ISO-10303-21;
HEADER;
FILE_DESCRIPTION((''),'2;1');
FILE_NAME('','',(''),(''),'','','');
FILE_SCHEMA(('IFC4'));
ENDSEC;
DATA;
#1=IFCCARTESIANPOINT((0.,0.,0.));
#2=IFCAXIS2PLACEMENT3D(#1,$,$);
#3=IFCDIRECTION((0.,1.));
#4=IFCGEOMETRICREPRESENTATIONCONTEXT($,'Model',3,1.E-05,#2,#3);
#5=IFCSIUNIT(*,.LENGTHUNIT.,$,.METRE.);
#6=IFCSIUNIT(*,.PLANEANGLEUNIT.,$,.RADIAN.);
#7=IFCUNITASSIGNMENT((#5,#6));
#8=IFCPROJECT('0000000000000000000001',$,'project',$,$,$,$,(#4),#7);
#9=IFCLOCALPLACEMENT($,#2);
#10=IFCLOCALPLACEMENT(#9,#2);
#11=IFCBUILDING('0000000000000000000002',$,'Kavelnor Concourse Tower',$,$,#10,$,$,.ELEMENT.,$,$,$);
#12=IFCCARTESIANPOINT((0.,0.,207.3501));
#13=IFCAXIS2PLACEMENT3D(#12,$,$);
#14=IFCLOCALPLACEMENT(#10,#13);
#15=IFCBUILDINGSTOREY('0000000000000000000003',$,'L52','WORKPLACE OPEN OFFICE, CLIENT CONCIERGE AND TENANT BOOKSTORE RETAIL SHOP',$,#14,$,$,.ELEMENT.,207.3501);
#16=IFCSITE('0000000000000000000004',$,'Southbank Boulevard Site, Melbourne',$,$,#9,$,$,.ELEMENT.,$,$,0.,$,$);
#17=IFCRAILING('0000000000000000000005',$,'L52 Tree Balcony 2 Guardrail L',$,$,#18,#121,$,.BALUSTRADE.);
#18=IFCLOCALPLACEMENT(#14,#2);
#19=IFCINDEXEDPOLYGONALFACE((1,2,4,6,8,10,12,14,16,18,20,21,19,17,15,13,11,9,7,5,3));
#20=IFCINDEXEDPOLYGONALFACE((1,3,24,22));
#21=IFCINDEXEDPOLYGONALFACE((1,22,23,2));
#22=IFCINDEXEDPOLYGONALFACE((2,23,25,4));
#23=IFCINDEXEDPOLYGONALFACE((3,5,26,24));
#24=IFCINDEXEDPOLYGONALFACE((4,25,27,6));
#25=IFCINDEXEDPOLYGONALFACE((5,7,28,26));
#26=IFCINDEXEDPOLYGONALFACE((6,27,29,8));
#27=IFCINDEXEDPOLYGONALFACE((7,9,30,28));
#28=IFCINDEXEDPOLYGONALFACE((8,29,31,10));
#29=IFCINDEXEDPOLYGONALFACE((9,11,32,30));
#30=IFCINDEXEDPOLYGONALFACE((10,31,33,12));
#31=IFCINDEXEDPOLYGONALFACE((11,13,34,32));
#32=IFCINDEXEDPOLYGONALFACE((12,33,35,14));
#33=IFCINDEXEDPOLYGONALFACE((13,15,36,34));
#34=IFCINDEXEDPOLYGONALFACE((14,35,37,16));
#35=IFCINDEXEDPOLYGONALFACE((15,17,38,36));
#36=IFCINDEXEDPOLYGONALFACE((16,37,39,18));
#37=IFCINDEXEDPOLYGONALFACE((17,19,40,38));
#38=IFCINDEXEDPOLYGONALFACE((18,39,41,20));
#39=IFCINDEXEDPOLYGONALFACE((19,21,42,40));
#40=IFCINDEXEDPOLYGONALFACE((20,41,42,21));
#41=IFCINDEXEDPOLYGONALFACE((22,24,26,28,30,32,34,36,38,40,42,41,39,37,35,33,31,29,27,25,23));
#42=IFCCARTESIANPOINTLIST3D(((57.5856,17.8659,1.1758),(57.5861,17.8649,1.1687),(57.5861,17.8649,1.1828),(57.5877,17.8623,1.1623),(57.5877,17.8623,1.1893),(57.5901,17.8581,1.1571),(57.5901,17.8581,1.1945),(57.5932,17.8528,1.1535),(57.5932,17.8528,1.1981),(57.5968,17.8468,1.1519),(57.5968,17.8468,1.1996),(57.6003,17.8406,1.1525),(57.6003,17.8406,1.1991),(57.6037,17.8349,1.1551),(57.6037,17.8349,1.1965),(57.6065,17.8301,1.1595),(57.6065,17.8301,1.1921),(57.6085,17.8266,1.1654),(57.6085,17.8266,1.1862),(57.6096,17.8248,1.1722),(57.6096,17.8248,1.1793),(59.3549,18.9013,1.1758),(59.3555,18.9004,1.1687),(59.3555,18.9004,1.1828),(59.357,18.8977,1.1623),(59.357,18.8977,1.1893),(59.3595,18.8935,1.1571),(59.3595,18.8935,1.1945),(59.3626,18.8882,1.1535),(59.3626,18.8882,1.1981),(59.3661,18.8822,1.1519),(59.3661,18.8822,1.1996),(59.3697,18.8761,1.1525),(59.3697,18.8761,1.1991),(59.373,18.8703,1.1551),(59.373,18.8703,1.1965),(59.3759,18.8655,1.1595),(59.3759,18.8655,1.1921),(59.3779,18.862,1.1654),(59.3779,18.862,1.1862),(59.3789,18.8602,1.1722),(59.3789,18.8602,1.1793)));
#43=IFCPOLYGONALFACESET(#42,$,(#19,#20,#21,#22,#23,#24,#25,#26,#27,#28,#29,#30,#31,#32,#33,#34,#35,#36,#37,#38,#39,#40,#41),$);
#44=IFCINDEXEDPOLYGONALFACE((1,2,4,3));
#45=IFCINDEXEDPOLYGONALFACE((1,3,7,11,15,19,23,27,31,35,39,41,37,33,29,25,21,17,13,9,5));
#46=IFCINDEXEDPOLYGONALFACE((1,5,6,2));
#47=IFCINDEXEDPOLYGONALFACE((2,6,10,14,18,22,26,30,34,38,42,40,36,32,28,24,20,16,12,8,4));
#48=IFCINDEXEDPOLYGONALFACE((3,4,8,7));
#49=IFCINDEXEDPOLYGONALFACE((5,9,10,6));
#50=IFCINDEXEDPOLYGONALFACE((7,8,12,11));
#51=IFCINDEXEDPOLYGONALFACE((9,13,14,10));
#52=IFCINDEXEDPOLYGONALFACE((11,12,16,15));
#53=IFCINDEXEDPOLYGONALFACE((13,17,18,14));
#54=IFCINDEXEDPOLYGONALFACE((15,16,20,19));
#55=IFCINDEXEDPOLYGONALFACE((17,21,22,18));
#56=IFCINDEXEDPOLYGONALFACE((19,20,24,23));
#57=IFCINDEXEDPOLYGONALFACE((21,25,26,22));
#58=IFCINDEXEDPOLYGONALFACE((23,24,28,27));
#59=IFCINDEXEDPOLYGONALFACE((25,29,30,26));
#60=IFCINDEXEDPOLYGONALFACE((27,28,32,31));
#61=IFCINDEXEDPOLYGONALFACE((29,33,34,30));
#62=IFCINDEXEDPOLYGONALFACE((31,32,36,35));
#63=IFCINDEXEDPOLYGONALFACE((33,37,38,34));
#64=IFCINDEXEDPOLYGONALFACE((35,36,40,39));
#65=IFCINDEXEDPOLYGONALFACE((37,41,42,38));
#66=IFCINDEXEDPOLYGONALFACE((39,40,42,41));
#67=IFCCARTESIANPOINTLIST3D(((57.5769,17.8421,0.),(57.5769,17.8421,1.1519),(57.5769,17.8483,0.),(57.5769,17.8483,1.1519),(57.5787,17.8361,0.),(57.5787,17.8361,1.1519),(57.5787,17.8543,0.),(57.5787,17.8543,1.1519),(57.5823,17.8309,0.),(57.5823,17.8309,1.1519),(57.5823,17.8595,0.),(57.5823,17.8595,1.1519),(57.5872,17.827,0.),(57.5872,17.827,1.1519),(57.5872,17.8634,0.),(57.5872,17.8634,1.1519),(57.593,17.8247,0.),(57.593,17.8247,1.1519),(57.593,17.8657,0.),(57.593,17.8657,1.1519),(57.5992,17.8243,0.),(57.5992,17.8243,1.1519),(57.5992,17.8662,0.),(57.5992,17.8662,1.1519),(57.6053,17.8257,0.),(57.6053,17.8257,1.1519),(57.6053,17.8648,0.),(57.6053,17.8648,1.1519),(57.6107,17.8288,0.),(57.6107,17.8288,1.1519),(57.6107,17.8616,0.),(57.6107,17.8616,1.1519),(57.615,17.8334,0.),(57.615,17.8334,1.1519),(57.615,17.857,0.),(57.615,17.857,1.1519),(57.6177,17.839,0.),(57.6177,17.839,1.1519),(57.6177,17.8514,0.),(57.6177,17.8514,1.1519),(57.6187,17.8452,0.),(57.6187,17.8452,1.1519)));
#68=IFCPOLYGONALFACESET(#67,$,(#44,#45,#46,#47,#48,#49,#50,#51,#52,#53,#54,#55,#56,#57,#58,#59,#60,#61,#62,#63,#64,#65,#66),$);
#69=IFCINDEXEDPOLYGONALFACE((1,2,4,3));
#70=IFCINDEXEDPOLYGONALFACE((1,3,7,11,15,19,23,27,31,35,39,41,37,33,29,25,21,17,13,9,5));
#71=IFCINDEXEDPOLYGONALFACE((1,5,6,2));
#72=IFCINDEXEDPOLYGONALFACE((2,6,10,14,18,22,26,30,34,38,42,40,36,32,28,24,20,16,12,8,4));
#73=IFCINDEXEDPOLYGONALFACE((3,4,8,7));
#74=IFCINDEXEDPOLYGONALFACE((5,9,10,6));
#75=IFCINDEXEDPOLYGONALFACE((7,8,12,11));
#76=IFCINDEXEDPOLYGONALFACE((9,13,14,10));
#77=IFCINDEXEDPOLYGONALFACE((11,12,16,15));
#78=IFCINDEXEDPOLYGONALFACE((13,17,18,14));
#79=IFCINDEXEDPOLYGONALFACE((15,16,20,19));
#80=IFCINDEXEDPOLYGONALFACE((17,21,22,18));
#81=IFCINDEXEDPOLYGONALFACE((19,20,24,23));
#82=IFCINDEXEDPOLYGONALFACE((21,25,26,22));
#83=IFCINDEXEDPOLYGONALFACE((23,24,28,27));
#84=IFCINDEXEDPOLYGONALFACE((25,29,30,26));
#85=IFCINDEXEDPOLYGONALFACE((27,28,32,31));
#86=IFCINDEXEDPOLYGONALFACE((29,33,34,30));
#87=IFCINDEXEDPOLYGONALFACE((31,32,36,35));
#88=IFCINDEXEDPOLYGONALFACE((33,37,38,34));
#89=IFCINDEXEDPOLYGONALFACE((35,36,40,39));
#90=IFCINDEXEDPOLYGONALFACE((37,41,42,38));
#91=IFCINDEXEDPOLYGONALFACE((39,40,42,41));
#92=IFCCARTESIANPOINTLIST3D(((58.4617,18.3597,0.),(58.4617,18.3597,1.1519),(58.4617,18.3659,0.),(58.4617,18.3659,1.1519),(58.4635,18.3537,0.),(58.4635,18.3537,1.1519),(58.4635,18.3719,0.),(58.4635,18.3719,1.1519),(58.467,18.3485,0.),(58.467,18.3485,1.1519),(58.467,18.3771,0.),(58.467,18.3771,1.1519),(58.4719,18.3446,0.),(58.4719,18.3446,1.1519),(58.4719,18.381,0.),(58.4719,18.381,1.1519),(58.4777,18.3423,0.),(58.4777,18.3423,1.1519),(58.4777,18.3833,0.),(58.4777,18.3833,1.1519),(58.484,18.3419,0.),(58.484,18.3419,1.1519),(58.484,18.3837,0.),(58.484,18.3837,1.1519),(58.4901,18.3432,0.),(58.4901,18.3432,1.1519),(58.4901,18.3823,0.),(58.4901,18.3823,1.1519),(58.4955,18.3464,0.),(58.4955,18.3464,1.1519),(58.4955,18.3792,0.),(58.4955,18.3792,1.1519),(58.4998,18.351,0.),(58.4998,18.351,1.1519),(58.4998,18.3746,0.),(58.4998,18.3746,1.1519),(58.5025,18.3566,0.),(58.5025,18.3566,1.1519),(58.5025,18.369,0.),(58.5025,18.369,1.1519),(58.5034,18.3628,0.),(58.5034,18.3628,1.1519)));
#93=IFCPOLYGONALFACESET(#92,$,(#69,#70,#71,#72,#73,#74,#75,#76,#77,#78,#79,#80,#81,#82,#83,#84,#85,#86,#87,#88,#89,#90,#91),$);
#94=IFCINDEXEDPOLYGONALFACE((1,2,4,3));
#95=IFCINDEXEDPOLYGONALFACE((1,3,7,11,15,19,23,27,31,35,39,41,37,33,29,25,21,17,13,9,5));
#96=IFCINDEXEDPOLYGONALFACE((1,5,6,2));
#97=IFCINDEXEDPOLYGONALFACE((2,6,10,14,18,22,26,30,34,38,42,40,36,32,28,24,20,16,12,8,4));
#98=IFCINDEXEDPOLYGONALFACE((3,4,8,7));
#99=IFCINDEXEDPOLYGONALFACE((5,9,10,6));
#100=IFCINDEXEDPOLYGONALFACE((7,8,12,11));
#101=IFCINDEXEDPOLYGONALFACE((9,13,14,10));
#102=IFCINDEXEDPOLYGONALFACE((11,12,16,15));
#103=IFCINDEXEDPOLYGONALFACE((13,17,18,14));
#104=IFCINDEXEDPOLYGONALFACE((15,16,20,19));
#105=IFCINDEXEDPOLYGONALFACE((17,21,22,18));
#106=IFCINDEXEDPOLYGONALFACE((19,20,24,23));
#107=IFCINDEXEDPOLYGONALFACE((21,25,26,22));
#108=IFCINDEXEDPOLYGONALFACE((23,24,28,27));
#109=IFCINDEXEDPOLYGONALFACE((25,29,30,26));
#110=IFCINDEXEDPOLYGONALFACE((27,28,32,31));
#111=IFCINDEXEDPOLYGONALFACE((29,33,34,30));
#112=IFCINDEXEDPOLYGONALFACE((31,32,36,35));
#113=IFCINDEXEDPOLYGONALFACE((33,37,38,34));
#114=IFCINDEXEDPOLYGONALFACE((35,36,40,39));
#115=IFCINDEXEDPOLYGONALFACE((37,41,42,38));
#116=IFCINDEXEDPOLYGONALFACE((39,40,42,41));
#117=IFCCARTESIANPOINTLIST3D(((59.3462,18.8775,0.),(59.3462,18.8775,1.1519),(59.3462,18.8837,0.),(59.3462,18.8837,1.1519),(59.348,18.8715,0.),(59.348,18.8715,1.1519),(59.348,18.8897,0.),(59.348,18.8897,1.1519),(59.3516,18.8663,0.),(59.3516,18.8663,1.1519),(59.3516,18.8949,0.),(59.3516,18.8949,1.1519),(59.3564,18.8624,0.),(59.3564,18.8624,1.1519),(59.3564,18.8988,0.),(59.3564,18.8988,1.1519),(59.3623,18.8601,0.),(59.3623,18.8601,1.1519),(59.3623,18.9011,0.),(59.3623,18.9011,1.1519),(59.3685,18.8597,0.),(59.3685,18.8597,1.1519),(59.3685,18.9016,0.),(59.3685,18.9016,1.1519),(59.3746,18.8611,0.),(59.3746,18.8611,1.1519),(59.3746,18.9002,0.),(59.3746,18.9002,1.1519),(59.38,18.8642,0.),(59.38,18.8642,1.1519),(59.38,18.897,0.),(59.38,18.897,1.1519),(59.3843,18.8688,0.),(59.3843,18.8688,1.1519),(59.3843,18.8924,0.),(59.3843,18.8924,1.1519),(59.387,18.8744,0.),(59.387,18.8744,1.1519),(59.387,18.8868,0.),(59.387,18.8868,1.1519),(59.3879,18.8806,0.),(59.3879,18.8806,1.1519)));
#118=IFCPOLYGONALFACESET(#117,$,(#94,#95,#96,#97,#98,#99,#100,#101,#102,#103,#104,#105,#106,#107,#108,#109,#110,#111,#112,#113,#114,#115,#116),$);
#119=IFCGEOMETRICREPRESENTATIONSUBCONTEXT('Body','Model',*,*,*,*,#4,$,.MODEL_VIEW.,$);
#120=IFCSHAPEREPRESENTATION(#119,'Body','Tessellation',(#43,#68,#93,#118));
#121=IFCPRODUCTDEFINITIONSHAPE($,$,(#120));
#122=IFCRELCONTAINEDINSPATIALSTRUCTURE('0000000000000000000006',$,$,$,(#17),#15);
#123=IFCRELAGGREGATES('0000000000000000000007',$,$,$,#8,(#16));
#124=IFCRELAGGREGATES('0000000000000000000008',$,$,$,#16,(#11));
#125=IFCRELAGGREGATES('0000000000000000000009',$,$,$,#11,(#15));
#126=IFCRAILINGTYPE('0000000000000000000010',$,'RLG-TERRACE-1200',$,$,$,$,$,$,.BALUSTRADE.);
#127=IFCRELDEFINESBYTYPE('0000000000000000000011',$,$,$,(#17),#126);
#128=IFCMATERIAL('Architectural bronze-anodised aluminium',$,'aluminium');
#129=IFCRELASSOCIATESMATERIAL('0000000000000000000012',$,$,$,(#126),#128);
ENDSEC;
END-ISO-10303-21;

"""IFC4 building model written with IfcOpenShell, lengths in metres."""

from ifc_helpers import new_model, si_unit, direction, frame, origin, origin_2d, place, context, subcontext, project, spatial, circle, extrude, material, type_object, element, save


model = new_model("IFC4")

# Units and contexts
model_context = context("Model", 3, precision=1e-05, world=origin(), true_north=direction((0.0, 1.0)))
body_context = subcontext(model_context, "Body", "Model", "MODEL_VIEW")
ifc_project = project(units=[si_unit("LENGTHUNIT", "METRE"), si_unit("PLANEANGLEUNIT", "RADIAN")], contexts=[model_context])

# Site, building, storey
site_placement = place(None, origin())
site = spatial("IfcSite", under=ifc_project, at=site_placement, Name="Southbank Boulevard Site, Melbourne", CompositionType="ELEMENT", RefElevation=0.0)
building_placement = place(site_placement, origin())
building = spatial("IfcBuilding", under=site, at=building_placement, Name="Kavelnor Concourse Tower", CompositionType="ELEMENT")
storey_placement = place(building_placement, frame((0.0, 0.0, 207.3501)))
storey = spatial("IfcBuildingStorey", under=building, at=storey_placement, Name="L52", Description="WORKPLACE OPEN OFFICE, CLIENT CONCIERGE AND TENANT BOOKSTORE RETAIL SHOP", CompositionType="ELEMENT", Elevation=207.3501)

# Railing
ifc_material_1 = material(Name="Architectural bronze-anodised aluminium", Category="aluminium")
railing_type_1 = type_object("IfcRailingType", Name="RLG-TERRACE-1200", PredefinedType="BALUSTRADE", material=ifc_material_1)
railing_1_placement = place(storey_placement, frame((57.5977, 17.8452, 0.0)))
element("IfcRailing", 1, at=railing_1_placement, inside=storey, type_object=railing_type_1, Name="L52 Tree Balcony 2 Guardrail L", PredefinedType="BALUSTRADE", context=body_context, shape_type="SweptSolid", body=[
    extrude(circle(Radius=0.0239, at=origin_2d()), frame((0.0, 0.0, 1.1758), z_axis=(0.863074, 0.505078, 0.0), x_axis=(-0.505078, 0.863074, 0.0)), (0.0, 0.0, 1.0), 2.05),
    extrude(circle(Radius=0.021, at=origin_2d()), origin(), (0.0, 0.0, 1.0), 1.1519),
    extrude(circle(Radius=0.021, at=origin_2d()), frame((0.8848, 0.5176, 0.0)), (0.0, 0.0, 1.0), 1.1519),
    extrude(circle(Radius=0.021, at=origin_2d()), frame((1.7693, 1.0354, 0.0)), (0.0, 0.0, 1.0), 1.1519),
])

save(model, "model.ifc")
